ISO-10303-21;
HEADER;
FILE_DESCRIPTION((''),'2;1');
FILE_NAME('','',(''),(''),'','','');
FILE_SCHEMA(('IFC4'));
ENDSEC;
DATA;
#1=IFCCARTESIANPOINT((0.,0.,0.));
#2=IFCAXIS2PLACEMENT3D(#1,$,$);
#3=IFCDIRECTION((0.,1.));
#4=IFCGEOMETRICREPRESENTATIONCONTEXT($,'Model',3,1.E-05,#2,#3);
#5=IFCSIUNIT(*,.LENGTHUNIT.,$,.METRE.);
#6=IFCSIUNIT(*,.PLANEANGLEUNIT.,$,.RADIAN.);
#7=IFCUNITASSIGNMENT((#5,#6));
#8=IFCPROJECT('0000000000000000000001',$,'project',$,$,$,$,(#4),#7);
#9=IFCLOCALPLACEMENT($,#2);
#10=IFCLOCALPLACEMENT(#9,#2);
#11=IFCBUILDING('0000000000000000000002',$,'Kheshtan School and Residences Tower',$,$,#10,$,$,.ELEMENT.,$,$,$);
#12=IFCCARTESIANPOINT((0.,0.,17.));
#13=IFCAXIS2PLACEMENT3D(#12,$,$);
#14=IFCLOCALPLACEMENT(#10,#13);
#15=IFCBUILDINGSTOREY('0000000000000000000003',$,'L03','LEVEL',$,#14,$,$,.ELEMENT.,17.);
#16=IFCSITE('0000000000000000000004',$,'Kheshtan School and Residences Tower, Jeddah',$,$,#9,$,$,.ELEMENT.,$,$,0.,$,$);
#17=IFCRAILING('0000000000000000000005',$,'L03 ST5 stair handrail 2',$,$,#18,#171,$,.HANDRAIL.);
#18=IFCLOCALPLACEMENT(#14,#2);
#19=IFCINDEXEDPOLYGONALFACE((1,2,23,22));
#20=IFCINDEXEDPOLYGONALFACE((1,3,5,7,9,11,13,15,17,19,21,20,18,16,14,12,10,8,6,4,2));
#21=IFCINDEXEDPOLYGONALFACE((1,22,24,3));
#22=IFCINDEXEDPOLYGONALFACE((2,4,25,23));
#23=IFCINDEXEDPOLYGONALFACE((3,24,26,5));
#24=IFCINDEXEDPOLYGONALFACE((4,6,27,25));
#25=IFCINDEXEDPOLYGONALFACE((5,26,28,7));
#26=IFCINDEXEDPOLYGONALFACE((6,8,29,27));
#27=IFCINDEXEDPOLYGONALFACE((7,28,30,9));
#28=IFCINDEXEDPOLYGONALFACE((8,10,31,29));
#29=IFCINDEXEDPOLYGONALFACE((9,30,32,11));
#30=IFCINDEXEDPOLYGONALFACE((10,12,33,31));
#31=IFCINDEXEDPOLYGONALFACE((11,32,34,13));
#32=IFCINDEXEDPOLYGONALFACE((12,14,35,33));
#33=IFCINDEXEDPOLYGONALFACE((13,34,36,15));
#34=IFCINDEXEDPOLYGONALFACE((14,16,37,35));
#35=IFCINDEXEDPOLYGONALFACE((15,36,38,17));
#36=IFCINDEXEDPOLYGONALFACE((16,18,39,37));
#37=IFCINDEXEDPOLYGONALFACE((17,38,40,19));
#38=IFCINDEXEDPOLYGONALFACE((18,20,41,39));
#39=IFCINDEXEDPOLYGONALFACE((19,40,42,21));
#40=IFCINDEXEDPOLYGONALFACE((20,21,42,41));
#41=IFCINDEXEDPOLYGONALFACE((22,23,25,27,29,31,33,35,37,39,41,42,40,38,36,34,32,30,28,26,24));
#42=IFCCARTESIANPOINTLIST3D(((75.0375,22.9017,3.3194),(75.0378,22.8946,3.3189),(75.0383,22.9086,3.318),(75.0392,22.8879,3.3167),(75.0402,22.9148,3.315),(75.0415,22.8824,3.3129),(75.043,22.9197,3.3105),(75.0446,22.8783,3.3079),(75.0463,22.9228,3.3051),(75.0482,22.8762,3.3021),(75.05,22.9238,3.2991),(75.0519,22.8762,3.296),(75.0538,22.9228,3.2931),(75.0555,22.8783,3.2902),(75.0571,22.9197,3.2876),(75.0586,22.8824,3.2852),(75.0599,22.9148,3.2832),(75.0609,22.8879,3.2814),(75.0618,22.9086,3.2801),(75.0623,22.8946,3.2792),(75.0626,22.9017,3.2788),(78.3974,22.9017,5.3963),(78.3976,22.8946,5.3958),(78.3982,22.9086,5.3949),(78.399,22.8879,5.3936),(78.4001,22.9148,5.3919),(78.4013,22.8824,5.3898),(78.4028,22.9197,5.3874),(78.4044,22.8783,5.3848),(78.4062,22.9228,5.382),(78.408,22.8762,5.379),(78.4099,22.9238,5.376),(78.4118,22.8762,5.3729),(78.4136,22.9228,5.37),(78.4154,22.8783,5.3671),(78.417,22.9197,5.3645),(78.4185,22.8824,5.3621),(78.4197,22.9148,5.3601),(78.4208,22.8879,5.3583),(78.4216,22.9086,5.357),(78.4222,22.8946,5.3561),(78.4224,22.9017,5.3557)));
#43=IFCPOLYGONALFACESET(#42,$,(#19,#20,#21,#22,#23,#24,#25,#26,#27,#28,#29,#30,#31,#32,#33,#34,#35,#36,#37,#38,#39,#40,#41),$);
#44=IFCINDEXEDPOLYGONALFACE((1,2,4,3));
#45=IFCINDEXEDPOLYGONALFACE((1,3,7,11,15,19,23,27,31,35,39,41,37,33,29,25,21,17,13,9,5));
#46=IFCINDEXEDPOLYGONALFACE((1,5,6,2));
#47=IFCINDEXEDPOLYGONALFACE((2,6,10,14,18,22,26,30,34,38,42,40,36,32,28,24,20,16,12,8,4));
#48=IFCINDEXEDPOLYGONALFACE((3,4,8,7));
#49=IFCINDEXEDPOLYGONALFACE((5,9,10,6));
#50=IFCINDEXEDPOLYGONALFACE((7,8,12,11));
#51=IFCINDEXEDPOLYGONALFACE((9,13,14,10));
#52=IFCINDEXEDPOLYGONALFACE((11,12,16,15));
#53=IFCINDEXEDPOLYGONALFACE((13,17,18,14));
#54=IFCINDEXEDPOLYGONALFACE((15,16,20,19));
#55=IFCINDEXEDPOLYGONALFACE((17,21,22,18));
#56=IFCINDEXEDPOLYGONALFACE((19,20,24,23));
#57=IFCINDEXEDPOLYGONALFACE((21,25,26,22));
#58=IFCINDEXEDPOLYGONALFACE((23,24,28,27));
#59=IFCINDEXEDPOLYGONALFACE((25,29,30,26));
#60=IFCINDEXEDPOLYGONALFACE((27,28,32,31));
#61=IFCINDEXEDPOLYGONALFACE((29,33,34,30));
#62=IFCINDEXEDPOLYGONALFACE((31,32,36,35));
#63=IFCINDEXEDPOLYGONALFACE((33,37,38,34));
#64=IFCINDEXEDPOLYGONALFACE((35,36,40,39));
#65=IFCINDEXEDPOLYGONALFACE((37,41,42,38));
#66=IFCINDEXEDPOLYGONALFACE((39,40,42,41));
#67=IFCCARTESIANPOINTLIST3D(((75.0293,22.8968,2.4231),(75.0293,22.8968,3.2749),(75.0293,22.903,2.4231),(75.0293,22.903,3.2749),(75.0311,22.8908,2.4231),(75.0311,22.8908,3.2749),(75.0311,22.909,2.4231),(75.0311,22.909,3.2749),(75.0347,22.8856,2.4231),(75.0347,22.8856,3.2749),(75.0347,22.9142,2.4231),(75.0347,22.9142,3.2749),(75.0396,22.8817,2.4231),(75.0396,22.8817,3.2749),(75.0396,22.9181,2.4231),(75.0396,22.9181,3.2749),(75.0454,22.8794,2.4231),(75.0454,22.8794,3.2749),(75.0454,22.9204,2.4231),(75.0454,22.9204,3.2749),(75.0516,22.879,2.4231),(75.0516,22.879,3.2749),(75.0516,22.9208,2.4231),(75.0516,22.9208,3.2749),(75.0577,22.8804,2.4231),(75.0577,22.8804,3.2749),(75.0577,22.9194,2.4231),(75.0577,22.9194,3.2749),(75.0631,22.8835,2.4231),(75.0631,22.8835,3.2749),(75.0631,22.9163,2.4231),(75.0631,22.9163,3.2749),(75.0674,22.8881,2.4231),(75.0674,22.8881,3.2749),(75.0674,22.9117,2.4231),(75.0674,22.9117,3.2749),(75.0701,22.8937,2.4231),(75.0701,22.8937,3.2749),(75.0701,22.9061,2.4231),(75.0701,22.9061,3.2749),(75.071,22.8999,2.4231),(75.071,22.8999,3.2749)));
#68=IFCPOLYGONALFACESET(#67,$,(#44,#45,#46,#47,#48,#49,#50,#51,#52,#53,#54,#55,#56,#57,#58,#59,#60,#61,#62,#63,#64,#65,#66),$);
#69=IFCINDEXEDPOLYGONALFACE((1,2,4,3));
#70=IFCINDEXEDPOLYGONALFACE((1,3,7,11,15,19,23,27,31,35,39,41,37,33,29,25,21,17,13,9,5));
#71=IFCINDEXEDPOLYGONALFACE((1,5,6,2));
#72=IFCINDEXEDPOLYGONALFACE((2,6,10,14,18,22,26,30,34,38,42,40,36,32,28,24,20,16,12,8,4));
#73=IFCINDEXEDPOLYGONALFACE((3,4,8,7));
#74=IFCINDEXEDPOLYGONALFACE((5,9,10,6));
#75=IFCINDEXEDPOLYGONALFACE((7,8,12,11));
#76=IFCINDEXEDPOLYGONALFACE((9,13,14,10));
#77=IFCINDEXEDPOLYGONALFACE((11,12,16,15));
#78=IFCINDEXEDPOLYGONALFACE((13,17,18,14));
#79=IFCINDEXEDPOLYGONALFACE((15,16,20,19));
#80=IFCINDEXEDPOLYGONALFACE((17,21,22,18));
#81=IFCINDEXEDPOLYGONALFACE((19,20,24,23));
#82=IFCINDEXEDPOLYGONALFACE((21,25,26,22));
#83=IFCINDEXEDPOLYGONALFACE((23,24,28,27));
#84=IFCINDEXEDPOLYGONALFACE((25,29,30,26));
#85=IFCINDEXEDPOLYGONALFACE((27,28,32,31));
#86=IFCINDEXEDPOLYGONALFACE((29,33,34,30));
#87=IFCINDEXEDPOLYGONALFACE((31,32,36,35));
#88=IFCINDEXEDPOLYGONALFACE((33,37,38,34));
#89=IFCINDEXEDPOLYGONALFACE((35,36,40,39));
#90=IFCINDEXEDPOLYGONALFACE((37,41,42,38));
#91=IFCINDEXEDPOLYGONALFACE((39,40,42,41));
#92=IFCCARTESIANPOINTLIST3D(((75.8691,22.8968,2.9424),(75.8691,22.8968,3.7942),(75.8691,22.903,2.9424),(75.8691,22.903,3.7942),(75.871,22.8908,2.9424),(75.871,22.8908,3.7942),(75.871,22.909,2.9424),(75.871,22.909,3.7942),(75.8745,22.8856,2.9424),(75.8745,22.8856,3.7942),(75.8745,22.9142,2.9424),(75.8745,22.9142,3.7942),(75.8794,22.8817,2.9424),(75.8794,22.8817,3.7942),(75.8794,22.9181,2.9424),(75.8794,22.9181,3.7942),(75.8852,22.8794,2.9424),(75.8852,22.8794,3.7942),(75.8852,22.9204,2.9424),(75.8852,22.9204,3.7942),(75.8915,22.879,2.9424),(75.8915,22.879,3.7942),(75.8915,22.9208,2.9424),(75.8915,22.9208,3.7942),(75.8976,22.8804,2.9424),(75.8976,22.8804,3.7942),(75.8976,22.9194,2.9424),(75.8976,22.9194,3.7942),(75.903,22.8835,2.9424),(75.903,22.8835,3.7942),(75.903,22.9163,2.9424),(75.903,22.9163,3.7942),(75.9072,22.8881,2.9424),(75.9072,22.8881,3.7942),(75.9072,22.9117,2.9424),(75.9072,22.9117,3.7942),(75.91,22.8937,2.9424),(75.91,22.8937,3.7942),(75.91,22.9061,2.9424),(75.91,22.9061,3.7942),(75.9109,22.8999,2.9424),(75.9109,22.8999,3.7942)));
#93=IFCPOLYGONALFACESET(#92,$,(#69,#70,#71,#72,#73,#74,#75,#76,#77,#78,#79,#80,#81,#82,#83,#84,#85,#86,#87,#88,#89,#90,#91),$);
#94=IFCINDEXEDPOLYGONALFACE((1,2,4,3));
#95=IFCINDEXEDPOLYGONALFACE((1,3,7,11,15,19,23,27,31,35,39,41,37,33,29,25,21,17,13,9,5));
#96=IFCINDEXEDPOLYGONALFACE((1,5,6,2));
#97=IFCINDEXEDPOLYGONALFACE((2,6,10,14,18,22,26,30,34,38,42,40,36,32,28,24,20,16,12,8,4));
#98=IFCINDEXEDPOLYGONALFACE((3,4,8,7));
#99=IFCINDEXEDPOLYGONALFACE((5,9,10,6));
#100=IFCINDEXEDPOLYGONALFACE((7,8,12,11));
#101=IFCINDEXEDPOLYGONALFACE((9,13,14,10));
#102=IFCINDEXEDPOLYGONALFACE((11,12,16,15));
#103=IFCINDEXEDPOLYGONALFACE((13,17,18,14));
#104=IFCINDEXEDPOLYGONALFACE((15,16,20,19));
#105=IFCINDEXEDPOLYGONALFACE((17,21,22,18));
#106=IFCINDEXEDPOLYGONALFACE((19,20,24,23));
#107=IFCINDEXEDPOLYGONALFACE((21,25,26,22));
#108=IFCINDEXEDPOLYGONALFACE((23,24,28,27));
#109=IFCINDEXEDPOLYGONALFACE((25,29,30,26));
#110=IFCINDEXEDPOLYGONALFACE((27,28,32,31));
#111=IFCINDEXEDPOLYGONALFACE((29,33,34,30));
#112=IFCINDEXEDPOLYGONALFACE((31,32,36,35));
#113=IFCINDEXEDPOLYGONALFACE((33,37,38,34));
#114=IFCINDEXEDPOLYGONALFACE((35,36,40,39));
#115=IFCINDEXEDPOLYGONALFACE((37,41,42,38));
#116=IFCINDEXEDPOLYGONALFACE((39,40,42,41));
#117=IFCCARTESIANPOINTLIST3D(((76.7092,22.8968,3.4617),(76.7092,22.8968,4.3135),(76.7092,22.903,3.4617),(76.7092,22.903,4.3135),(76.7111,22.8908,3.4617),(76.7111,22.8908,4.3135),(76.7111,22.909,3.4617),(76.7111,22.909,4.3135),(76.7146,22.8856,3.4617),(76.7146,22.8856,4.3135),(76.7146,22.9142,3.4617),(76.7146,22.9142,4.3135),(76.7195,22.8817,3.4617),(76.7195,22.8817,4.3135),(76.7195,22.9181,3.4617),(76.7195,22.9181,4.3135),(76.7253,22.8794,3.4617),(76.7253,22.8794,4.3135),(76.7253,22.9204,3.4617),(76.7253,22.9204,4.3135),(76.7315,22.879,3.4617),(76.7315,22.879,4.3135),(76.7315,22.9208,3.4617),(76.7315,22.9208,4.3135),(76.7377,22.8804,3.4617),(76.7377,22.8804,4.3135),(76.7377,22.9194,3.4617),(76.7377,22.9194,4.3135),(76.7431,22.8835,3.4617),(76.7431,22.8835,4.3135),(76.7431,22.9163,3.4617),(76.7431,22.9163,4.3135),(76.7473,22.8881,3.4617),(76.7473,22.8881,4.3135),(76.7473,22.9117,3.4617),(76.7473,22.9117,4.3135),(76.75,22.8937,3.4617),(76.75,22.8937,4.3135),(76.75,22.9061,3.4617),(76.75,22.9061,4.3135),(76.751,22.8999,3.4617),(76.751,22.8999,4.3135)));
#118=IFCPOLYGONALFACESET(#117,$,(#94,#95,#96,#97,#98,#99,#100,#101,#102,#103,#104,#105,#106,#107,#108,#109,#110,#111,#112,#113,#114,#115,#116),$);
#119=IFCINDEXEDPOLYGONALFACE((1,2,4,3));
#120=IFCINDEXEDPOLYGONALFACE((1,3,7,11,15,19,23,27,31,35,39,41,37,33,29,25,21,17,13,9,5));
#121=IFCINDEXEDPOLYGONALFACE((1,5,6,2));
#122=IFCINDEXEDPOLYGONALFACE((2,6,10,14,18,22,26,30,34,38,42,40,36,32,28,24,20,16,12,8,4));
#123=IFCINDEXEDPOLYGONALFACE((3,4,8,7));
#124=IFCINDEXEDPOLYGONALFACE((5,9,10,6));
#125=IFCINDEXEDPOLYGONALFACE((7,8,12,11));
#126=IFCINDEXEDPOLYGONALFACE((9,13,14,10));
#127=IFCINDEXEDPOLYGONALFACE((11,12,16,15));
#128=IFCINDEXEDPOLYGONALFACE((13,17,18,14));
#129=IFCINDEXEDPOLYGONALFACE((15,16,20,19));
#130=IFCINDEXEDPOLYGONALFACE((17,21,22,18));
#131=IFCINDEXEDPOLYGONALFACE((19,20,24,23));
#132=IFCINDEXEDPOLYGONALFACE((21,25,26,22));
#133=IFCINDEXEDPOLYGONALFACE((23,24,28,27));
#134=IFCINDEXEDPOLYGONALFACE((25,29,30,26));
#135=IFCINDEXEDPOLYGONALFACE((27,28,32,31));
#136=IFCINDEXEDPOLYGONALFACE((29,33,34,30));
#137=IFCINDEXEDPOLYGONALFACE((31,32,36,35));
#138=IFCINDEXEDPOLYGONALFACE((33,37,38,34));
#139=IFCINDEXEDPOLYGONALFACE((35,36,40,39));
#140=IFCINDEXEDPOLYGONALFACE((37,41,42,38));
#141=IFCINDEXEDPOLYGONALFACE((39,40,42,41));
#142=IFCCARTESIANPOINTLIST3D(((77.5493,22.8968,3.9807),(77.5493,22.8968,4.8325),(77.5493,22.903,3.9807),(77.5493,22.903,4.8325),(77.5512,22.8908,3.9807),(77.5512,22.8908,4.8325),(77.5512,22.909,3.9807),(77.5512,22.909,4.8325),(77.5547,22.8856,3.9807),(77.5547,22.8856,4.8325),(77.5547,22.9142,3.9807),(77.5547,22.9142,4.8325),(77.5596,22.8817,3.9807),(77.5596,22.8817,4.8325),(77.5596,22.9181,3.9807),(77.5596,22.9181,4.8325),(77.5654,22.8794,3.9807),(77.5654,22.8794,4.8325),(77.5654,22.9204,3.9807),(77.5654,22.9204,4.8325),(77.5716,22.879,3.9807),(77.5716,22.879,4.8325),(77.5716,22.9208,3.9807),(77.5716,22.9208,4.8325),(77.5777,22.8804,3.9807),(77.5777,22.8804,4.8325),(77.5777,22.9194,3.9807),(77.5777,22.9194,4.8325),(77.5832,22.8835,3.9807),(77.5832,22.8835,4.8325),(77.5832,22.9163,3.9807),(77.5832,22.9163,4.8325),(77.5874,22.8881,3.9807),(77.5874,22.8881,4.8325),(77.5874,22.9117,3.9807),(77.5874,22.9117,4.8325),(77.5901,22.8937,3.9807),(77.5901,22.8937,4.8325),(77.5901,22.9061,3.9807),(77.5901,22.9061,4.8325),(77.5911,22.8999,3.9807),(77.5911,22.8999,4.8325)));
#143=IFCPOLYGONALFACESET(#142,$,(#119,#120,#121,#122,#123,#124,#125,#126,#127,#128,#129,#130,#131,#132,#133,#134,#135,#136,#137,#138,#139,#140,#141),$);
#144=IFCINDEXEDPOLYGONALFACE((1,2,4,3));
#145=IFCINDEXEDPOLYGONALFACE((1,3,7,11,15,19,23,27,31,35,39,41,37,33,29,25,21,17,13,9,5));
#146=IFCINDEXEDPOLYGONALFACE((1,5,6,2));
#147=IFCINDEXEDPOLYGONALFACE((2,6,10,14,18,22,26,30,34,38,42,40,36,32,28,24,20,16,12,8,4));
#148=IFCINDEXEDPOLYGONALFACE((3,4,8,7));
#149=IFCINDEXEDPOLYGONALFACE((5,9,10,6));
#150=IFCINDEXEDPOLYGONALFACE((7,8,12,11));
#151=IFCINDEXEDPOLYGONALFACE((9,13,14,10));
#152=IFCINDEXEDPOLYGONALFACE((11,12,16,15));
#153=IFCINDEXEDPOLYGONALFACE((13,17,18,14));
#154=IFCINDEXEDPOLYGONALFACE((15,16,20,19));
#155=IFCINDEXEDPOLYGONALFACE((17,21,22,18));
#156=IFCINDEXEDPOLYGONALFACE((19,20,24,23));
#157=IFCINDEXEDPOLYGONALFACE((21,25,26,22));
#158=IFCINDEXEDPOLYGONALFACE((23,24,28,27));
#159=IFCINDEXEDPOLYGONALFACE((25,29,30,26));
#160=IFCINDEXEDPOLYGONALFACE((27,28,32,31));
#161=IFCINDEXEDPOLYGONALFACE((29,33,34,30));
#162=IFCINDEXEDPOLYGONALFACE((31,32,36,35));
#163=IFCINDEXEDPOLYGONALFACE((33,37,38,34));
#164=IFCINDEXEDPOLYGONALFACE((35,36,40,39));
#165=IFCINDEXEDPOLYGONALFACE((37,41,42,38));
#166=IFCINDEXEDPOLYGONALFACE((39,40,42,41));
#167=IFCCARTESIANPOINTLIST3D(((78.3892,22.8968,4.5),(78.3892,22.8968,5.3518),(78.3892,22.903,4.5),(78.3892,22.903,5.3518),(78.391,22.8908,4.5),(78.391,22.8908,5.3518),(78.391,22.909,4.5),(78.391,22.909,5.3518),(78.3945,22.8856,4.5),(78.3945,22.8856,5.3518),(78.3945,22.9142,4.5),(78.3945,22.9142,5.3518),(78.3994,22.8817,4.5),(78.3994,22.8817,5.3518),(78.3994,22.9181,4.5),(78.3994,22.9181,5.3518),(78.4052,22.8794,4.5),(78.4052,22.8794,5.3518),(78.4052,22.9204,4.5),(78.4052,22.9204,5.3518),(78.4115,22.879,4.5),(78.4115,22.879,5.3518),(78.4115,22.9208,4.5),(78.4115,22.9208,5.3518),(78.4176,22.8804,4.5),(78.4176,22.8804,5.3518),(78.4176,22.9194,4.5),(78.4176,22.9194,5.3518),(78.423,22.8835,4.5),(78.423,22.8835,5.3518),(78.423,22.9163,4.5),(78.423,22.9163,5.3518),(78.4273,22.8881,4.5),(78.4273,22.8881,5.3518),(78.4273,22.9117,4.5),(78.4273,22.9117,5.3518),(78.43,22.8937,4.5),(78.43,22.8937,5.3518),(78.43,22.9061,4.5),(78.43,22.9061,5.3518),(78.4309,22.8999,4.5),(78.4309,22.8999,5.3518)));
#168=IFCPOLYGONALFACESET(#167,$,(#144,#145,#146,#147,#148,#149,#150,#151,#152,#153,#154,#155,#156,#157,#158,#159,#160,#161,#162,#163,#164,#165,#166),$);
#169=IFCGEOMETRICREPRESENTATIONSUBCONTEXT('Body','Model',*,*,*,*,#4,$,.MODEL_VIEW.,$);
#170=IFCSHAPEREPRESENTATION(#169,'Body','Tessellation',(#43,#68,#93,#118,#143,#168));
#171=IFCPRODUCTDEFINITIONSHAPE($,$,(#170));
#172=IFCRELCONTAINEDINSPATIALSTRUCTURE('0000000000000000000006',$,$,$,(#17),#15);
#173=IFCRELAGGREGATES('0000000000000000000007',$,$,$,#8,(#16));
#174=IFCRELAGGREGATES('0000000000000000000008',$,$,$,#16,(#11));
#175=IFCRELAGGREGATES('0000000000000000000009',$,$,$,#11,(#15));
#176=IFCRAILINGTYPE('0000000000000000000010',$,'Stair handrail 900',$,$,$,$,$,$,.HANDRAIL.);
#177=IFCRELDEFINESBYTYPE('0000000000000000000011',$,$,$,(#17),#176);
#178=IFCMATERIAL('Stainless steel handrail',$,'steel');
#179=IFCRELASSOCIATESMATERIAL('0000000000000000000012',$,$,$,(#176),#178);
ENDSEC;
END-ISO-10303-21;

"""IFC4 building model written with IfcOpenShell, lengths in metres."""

from ifc_helpers import new_model, si_unit, direction, frame, origin, origin_2d, place, context, subcontext, project, spatial, circle, extrude, material, type_object, element, save


model = new_model("IFC4")

# Units and contexts
model_context = context("Model", 3, precision=1e-05, world=origin(), true_north=direction((0.0, 1.0)))
body_context = subcontext(model_context, "Body", "Model", "MODEL_VIEW")
ifc_project = project(units=[si_unit("LENGTHUNIT", "METRE"), si_unit("PLANEANGLEUNIT", "RADIAN")], contexts=[model_context])

# Site, building, storey
site_placement = place(None, origin())
site = spatial("IfcSite", under=ifc_project, at=site_placement, Name="Kheshtan School and Residences Tower, Jeddah", CompositionType="ELEMENT", RefElevation=0.0)
building_placement = place(site_placement, origin())
building = spatial("IfcBuilding", under=site, at=building_placement, Name="Kheshtan School and Residences Tower", CompositionType="ELEMENT")
storey_placement = place(building_placement, frame((0.0, 0.0, 17.0)))
storey = spatial("IfcBuildingStorey", under=building, at=storey_placement, Name="L03", Description="LEVEL", CompositionType="ELEMENT", Elevation=17.0)

# Railing
ifc_material_1 = material(Name="Stainless steel handrail", Category="steel")
railing_type = type_object("IfcRailingType", Name="Stair handrail 900", PredefinedType="HANDRAIL", material=ifc_material_1)
railing_1_placement = place(storey_placement, frame((75.05, 22.8999, 2.4231)))
element("IfcRailing", 1, at=railing_1_placement, inside=storey, type_object=railing_type, Name="L03 ST5 stair handrail 2", PredefinedType="HANDRAIL", context=body_context, shape_type="SweptSolid", body=[
    extrude(circle(Radius=0.0239, at=origin_2d()), frame((0.0, 0.0, 0.876), z_axis=(0.850606, 0.0, 0.525803), x_axis=(0.0, 1.0, 0.0)), (0.0, 0.0, 1.0), 3.95),
    extrude(circle(Radius=0.021, at=origin_2d()), origin(), (0.0, 0.0, 1.0), 0.8518),
    extrude(circle(Radius=0.021, at=origin_2d()), frame((0.8398, 0.0, 0.5193)), (0.0, 0.0, 1.0), 0.8518),
    extrude(circle(Radius=0.021, at=origin_2d()), frame((1.6799, 0.0, 1.0386)), (0.0, 0.0, 1.0), 0.8518),
    extrude(circle(Radius=0.021, at=origin_2d()), frame((2.52, 0.0, 1.5576)), (0.0, 0.0, 1.0), 0.8518),
    extrude(circle(Radius=0.021, at=origin_2d()), frame((3.3599, 0.0, 2.0769)), (0.0, 0.0, 1.0), 0.8518),
])

save(model, "model.ifc")
